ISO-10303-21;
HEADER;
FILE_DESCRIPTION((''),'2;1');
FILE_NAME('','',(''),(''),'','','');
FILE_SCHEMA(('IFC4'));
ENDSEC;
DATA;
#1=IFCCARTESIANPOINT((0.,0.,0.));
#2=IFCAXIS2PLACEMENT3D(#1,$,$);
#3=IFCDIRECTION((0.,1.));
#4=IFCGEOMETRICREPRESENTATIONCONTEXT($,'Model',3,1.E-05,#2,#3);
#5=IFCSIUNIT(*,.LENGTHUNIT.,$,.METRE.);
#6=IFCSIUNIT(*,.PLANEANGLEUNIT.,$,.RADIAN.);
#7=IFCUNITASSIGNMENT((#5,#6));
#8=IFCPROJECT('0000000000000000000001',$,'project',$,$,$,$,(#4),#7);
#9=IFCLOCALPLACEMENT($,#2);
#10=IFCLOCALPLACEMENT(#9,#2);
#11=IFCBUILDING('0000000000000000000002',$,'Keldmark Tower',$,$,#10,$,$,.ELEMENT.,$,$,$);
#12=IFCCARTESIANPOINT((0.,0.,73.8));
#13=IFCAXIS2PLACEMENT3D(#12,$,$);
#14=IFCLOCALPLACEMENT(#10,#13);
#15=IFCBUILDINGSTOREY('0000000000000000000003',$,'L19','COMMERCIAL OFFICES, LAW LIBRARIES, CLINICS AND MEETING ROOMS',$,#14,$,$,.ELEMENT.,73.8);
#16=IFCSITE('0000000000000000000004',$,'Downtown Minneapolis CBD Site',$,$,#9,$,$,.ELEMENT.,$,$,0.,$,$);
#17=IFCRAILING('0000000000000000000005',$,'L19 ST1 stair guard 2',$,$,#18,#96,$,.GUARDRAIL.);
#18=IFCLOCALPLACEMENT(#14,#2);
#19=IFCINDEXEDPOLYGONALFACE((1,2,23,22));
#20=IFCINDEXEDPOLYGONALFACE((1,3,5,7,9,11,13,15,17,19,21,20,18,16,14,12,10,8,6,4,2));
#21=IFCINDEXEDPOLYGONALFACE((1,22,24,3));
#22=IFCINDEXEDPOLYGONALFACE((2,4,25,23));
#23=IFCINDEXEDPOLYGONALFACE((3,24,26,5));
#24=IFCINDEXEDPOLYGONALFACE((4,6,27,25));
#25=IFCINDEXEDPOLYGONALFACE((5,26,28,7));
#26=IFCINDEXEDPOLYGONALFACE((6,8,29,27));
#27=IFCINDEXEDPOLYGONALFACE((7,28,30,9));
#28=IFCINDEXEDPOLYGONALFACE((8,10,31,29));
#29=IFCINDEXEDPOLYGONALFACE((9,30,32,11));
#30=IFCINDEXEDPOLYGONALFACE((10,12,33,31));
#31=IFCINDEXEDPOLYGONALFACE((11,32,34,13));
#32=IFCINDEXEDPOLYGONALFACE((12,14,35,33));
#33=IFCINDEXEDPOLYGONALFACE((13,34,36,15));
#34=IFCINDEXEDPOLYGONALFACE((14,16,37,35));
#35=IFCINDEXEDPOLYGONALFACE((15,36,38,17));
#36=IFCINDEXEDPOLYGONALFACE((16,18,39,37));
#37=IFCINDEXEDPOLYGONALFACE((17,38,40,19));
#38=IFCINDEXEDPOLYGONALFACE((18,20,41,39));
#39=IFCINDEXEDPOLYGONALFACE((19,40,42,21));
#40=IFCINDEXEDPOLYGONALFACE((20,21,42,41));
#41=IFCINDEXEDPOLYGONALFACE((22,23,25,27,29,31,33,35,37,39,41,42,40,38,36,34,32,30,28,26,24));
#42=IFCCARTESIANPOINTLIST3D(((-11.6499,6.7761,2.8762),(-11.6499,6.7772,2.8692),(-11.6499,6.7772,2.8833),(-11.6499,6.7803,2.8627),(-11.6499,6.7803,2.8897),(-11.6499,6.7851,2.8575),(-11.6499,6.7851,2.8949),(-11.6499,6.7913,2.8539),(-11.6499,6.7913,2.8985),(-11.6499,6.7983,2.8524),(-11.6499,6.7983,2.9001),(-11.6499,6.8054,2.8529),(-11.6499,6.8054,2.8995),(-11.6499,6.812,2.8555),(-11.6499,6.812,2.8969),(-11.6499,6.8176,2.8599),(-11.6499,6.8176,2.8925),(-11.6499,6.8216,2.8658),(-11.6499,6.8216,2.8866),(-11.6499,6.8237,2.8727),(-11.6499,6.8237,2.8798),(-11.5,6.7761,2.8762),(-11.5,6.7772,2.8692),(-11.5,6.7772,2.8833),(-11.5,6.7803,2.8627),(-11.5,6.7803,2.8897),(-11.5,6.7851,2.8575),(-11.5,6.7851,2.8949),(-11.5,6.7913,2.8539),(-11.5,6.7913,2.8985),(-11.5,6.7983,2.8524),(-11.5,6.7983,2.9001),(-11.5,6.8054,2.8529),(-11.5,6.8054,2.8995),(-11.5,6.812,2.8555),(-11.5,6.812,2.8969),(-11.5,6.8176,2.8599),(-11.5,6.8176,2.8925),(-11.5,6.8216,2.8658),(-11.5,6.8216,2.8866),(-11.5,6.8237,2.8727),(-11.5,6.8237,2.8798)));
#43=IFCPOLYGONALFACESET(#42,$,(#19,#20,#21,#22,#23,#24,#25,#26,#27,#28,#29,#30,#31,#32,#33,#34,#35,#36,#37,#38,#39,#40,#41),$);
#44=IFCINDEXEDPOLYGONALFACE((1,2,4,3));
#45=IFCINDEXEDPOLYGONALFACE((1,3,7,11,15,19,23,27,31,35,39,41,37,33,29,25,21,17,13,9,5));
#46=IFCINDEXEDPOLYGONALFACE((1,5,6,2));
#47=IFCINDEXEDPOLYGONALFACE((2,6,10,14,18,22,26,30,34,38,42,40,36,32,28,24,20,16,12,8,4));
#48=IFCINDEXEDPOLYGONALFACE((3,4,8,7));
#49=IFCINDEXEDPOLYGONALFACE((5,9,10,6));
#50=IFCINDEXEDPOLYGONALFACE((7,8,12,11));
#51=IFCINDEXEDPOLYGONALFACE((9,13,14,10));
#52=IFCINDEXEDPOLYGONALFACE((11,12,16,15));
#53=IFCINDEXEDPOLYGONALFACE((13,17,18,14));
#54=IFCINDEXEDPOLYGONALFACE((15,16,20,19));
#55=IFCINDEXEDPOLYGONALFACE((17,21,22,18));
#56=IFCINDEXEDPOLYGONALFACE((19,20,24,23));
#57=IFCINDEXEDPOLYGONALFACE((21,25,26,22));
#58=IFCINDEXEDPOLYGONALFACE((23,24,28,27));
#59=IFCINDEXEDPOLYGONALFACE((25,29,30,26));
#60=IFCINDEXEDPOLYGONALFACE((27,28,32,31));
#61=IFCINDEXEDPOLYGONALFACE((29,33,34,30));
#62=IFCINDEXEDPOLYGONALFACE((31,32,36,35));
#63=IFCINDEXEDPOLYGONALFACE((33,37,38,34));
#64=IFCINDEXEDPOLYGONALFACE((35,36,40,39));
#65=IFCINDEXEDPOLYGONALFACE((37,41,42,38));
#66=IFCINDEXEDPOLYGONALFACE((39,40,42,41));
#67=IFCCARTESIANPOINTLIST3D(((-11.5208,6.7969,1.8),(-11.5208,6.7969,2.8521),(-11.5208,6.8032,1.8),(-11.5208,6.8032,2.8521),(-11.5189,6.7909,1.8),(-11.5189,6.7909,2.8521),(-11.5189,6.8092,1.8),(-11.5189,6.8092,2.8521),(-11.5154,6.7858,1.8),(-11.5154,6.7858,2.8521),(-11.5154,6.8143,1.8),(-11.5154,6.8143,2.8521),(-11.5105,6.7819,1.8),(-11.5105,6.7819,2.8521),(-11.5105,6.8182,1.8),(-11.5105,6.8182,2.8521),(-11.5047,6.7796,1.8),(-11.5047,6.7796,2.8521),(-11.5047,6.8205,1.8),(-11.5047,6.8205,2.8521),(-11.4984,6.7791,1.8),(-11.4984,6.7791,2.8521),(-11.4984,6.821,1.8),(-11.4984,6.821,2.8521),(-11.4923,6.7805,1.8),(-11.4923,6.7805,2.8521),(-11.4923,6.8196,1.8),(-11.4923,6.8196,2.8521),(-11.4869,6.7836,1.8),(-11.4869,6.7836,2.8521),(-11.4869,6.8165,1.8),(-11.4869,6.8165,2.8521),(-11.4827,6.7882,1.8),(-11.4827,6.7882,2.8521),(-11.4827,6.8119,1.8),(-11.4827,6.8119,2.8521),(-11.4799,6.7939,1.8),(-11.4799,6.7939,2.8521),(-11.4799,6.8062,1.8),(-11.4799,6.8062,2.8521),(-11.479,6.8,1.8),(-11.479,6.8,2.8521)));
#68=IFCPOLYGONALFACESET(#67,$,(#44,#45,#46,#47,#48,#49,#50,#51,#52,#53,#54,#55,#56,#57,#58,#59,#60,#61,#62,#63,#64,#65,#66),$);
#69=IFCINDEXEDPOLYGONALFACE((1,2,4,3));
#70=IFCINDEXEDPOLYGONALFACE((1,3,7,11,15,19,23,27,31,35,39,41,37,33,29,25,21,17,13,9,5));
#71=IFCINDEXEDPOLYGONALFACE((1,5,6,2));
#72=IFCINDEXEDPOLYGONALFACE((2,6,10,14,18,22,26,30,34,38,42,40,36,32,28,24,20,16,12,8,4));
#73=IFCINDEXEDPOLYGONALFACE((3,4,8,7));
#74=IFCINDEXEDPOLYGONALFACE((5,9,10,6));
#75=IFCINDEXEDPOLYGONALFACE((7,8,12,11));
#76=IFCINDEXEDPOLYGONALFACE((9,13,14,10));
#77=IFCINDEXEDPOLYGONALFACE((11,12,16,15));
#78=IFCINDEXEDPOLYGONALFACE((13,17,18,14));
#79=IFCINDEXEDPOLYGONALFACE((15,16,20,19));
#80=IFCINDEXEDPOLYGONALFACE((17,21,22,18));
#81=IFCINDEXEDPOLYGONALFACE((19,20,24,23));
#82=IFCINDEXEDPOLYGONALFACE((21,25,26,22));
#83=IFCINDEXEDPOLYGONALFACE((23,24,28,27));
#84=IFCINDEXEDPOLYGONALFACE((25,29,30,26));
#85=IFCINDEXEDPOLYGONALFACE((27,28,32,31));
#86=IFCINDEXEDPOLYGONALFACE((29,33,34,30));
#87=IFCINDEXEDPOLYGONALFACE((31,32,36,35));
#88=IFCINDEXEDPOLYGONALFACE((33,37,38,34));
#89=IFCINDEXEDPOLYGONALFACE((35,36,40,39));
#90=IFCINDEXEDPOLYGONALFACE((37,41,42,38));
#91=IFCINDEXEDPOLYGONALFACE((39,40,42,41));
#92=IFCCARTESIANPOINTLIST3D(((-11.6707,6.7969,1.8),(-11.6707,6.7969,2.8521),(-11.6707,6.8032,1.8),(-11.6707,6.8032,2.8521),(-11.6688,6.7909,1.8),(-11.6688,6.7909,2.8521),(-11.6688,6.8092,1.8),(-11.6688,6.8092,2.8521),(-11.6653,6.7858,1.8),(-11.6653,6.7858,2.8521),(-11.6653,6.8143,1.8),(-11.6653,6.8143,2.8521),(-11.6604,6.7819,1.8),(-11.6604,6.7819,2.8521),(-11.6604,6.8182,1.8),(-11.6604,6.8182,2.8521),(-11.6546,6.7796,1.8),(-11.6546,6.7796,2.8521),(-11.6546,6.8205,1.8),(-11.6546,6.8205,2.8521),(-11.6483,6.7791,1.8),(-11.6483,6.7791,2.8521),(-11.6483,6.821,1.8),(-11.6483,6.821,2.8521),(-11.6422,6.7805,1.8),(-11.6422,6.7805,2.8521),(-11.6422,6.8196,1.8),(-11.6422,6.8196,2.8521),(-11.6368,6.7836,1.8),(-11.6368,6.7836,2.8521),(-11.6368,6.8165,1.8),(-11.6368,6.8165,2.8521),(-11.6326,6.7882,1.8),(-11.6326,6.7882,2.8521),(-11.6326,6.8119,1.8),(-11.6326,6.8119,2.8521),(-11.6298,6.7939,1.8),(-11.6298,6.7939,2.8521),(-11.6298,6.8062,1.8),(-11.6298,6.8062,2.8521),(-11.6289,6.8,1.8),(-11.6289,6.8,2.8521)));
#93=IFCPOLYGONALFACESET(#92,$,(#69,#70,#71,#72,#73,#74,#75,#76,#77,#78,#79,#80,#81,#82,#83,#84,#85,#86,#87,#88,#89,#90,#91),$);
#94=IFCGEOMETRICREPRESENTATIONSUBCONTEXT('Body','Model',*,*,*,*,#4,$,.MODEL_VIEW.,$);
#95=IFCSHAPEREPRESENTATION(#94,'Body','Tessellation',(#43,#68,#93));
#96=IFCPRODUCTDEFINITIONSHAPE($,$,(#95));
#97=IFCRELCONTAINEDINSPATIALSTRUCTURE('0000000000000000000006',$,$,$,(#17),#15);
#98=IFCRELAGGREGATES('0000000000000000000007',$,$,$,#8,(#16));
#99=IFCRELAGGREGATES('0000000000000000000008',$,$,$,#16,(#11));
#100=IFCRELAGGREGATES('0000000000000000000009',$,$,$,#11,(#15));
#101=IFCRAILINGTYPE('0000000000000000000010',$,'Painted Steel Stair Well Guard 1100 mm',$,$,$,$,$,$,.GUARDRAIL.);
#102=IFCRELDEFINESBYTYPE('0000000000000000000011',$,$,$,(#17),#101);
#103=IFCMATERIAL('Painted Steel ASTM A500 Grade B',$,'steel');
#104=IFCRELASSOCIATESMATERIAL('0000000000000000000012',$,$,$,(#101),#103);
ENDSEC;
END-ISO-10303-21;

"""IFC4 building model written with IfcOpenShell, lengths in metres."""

from ifc_helpers import new_model, si_unit, direction, frame, origin, origin_2d, place, context, subcontext, project, spatial, circle, extrude, material, type_object, element, save


model = new_model("IFC4")

# Units and contexts
model_context = context("Model", 3, precision=1e-05, world=origin(), true_north=direction((0.0, 1.0)))
body_context = subcontext(model_context, "Body", "Model", "MODEL_VIEW")
ifc_project = project(units=[si_unit("LENGTHUNIT", "METRE"), si_unit("PLANEANGLEUNIT", "RADIAN")], contexts=[model_context])

# Site, building, storey
site_placement = place(None, origin())
site = spatial("IfcSite", under=ifc_project, at=site_placement, Name="Downtown Minneapolis CBD Site", CompositionType="ELEMENT", RefElevation=0.0)
building_placement = place(site_placement, origin())
building = spatial("IfcBuilding", under=site, at=building_placement, Name="Keldmark Tower", CompositionType="ELEMENT")
storey_placement = place(building_placement, frame((0.0, 0.0, 73.8)))
storey = spatial("IfcBuildingStorey", under=building, at=storey_placement, Name="L19", Description="COMMERCIAL OFFICES, LAW LIBRARIES, CLINICS AND MEETING ROOMS", CompositionType="ELEMENT", Elevation=73.8)

# Railing
ifc_material_1 = material(Name="Painted Steel ASTM A500 Grade B", Category="steel")
railing_type_1 = type_object("IfcRailingType", Name="Painted Steel Stair Well Guard 1100 mm", PredefinedType="GUARDRAIL", material=ifc_material_1)
railing_1_placement = place(storey_placement, frame((-11.5, 6.8, 1.8)))
element("IfcRailing", 1, at=railing_1_placement, inside=storey, type_object=railing_type_1, Name="L19 ST1 stair guard 2", PredefinedType="GUARDRAIL", context=body_context, shape_type="SweptSolid", body=[
    extrude(circle(Radius=0.0239, at=origin_2d()), frame((0.0, 0.0, 1.0762), z_axis=(-1.0, 0.0, 0.0), x_axis=(0.0, -1.0, 0.0)), (0.0, 0.0, 1.0), 0.1499),
    extrude(circle(Radius=0.021, at=origin_2d()), origin(), (0.0, 0.0, 1.0), 1.052),
    extrude(circle(Radius=0.021, at=origin_2d()), frame((-0.1499, 0.0, 0.0)), (0.0, 0.0, 1.0), 1.052),
])

save(model, "model.ifc")
